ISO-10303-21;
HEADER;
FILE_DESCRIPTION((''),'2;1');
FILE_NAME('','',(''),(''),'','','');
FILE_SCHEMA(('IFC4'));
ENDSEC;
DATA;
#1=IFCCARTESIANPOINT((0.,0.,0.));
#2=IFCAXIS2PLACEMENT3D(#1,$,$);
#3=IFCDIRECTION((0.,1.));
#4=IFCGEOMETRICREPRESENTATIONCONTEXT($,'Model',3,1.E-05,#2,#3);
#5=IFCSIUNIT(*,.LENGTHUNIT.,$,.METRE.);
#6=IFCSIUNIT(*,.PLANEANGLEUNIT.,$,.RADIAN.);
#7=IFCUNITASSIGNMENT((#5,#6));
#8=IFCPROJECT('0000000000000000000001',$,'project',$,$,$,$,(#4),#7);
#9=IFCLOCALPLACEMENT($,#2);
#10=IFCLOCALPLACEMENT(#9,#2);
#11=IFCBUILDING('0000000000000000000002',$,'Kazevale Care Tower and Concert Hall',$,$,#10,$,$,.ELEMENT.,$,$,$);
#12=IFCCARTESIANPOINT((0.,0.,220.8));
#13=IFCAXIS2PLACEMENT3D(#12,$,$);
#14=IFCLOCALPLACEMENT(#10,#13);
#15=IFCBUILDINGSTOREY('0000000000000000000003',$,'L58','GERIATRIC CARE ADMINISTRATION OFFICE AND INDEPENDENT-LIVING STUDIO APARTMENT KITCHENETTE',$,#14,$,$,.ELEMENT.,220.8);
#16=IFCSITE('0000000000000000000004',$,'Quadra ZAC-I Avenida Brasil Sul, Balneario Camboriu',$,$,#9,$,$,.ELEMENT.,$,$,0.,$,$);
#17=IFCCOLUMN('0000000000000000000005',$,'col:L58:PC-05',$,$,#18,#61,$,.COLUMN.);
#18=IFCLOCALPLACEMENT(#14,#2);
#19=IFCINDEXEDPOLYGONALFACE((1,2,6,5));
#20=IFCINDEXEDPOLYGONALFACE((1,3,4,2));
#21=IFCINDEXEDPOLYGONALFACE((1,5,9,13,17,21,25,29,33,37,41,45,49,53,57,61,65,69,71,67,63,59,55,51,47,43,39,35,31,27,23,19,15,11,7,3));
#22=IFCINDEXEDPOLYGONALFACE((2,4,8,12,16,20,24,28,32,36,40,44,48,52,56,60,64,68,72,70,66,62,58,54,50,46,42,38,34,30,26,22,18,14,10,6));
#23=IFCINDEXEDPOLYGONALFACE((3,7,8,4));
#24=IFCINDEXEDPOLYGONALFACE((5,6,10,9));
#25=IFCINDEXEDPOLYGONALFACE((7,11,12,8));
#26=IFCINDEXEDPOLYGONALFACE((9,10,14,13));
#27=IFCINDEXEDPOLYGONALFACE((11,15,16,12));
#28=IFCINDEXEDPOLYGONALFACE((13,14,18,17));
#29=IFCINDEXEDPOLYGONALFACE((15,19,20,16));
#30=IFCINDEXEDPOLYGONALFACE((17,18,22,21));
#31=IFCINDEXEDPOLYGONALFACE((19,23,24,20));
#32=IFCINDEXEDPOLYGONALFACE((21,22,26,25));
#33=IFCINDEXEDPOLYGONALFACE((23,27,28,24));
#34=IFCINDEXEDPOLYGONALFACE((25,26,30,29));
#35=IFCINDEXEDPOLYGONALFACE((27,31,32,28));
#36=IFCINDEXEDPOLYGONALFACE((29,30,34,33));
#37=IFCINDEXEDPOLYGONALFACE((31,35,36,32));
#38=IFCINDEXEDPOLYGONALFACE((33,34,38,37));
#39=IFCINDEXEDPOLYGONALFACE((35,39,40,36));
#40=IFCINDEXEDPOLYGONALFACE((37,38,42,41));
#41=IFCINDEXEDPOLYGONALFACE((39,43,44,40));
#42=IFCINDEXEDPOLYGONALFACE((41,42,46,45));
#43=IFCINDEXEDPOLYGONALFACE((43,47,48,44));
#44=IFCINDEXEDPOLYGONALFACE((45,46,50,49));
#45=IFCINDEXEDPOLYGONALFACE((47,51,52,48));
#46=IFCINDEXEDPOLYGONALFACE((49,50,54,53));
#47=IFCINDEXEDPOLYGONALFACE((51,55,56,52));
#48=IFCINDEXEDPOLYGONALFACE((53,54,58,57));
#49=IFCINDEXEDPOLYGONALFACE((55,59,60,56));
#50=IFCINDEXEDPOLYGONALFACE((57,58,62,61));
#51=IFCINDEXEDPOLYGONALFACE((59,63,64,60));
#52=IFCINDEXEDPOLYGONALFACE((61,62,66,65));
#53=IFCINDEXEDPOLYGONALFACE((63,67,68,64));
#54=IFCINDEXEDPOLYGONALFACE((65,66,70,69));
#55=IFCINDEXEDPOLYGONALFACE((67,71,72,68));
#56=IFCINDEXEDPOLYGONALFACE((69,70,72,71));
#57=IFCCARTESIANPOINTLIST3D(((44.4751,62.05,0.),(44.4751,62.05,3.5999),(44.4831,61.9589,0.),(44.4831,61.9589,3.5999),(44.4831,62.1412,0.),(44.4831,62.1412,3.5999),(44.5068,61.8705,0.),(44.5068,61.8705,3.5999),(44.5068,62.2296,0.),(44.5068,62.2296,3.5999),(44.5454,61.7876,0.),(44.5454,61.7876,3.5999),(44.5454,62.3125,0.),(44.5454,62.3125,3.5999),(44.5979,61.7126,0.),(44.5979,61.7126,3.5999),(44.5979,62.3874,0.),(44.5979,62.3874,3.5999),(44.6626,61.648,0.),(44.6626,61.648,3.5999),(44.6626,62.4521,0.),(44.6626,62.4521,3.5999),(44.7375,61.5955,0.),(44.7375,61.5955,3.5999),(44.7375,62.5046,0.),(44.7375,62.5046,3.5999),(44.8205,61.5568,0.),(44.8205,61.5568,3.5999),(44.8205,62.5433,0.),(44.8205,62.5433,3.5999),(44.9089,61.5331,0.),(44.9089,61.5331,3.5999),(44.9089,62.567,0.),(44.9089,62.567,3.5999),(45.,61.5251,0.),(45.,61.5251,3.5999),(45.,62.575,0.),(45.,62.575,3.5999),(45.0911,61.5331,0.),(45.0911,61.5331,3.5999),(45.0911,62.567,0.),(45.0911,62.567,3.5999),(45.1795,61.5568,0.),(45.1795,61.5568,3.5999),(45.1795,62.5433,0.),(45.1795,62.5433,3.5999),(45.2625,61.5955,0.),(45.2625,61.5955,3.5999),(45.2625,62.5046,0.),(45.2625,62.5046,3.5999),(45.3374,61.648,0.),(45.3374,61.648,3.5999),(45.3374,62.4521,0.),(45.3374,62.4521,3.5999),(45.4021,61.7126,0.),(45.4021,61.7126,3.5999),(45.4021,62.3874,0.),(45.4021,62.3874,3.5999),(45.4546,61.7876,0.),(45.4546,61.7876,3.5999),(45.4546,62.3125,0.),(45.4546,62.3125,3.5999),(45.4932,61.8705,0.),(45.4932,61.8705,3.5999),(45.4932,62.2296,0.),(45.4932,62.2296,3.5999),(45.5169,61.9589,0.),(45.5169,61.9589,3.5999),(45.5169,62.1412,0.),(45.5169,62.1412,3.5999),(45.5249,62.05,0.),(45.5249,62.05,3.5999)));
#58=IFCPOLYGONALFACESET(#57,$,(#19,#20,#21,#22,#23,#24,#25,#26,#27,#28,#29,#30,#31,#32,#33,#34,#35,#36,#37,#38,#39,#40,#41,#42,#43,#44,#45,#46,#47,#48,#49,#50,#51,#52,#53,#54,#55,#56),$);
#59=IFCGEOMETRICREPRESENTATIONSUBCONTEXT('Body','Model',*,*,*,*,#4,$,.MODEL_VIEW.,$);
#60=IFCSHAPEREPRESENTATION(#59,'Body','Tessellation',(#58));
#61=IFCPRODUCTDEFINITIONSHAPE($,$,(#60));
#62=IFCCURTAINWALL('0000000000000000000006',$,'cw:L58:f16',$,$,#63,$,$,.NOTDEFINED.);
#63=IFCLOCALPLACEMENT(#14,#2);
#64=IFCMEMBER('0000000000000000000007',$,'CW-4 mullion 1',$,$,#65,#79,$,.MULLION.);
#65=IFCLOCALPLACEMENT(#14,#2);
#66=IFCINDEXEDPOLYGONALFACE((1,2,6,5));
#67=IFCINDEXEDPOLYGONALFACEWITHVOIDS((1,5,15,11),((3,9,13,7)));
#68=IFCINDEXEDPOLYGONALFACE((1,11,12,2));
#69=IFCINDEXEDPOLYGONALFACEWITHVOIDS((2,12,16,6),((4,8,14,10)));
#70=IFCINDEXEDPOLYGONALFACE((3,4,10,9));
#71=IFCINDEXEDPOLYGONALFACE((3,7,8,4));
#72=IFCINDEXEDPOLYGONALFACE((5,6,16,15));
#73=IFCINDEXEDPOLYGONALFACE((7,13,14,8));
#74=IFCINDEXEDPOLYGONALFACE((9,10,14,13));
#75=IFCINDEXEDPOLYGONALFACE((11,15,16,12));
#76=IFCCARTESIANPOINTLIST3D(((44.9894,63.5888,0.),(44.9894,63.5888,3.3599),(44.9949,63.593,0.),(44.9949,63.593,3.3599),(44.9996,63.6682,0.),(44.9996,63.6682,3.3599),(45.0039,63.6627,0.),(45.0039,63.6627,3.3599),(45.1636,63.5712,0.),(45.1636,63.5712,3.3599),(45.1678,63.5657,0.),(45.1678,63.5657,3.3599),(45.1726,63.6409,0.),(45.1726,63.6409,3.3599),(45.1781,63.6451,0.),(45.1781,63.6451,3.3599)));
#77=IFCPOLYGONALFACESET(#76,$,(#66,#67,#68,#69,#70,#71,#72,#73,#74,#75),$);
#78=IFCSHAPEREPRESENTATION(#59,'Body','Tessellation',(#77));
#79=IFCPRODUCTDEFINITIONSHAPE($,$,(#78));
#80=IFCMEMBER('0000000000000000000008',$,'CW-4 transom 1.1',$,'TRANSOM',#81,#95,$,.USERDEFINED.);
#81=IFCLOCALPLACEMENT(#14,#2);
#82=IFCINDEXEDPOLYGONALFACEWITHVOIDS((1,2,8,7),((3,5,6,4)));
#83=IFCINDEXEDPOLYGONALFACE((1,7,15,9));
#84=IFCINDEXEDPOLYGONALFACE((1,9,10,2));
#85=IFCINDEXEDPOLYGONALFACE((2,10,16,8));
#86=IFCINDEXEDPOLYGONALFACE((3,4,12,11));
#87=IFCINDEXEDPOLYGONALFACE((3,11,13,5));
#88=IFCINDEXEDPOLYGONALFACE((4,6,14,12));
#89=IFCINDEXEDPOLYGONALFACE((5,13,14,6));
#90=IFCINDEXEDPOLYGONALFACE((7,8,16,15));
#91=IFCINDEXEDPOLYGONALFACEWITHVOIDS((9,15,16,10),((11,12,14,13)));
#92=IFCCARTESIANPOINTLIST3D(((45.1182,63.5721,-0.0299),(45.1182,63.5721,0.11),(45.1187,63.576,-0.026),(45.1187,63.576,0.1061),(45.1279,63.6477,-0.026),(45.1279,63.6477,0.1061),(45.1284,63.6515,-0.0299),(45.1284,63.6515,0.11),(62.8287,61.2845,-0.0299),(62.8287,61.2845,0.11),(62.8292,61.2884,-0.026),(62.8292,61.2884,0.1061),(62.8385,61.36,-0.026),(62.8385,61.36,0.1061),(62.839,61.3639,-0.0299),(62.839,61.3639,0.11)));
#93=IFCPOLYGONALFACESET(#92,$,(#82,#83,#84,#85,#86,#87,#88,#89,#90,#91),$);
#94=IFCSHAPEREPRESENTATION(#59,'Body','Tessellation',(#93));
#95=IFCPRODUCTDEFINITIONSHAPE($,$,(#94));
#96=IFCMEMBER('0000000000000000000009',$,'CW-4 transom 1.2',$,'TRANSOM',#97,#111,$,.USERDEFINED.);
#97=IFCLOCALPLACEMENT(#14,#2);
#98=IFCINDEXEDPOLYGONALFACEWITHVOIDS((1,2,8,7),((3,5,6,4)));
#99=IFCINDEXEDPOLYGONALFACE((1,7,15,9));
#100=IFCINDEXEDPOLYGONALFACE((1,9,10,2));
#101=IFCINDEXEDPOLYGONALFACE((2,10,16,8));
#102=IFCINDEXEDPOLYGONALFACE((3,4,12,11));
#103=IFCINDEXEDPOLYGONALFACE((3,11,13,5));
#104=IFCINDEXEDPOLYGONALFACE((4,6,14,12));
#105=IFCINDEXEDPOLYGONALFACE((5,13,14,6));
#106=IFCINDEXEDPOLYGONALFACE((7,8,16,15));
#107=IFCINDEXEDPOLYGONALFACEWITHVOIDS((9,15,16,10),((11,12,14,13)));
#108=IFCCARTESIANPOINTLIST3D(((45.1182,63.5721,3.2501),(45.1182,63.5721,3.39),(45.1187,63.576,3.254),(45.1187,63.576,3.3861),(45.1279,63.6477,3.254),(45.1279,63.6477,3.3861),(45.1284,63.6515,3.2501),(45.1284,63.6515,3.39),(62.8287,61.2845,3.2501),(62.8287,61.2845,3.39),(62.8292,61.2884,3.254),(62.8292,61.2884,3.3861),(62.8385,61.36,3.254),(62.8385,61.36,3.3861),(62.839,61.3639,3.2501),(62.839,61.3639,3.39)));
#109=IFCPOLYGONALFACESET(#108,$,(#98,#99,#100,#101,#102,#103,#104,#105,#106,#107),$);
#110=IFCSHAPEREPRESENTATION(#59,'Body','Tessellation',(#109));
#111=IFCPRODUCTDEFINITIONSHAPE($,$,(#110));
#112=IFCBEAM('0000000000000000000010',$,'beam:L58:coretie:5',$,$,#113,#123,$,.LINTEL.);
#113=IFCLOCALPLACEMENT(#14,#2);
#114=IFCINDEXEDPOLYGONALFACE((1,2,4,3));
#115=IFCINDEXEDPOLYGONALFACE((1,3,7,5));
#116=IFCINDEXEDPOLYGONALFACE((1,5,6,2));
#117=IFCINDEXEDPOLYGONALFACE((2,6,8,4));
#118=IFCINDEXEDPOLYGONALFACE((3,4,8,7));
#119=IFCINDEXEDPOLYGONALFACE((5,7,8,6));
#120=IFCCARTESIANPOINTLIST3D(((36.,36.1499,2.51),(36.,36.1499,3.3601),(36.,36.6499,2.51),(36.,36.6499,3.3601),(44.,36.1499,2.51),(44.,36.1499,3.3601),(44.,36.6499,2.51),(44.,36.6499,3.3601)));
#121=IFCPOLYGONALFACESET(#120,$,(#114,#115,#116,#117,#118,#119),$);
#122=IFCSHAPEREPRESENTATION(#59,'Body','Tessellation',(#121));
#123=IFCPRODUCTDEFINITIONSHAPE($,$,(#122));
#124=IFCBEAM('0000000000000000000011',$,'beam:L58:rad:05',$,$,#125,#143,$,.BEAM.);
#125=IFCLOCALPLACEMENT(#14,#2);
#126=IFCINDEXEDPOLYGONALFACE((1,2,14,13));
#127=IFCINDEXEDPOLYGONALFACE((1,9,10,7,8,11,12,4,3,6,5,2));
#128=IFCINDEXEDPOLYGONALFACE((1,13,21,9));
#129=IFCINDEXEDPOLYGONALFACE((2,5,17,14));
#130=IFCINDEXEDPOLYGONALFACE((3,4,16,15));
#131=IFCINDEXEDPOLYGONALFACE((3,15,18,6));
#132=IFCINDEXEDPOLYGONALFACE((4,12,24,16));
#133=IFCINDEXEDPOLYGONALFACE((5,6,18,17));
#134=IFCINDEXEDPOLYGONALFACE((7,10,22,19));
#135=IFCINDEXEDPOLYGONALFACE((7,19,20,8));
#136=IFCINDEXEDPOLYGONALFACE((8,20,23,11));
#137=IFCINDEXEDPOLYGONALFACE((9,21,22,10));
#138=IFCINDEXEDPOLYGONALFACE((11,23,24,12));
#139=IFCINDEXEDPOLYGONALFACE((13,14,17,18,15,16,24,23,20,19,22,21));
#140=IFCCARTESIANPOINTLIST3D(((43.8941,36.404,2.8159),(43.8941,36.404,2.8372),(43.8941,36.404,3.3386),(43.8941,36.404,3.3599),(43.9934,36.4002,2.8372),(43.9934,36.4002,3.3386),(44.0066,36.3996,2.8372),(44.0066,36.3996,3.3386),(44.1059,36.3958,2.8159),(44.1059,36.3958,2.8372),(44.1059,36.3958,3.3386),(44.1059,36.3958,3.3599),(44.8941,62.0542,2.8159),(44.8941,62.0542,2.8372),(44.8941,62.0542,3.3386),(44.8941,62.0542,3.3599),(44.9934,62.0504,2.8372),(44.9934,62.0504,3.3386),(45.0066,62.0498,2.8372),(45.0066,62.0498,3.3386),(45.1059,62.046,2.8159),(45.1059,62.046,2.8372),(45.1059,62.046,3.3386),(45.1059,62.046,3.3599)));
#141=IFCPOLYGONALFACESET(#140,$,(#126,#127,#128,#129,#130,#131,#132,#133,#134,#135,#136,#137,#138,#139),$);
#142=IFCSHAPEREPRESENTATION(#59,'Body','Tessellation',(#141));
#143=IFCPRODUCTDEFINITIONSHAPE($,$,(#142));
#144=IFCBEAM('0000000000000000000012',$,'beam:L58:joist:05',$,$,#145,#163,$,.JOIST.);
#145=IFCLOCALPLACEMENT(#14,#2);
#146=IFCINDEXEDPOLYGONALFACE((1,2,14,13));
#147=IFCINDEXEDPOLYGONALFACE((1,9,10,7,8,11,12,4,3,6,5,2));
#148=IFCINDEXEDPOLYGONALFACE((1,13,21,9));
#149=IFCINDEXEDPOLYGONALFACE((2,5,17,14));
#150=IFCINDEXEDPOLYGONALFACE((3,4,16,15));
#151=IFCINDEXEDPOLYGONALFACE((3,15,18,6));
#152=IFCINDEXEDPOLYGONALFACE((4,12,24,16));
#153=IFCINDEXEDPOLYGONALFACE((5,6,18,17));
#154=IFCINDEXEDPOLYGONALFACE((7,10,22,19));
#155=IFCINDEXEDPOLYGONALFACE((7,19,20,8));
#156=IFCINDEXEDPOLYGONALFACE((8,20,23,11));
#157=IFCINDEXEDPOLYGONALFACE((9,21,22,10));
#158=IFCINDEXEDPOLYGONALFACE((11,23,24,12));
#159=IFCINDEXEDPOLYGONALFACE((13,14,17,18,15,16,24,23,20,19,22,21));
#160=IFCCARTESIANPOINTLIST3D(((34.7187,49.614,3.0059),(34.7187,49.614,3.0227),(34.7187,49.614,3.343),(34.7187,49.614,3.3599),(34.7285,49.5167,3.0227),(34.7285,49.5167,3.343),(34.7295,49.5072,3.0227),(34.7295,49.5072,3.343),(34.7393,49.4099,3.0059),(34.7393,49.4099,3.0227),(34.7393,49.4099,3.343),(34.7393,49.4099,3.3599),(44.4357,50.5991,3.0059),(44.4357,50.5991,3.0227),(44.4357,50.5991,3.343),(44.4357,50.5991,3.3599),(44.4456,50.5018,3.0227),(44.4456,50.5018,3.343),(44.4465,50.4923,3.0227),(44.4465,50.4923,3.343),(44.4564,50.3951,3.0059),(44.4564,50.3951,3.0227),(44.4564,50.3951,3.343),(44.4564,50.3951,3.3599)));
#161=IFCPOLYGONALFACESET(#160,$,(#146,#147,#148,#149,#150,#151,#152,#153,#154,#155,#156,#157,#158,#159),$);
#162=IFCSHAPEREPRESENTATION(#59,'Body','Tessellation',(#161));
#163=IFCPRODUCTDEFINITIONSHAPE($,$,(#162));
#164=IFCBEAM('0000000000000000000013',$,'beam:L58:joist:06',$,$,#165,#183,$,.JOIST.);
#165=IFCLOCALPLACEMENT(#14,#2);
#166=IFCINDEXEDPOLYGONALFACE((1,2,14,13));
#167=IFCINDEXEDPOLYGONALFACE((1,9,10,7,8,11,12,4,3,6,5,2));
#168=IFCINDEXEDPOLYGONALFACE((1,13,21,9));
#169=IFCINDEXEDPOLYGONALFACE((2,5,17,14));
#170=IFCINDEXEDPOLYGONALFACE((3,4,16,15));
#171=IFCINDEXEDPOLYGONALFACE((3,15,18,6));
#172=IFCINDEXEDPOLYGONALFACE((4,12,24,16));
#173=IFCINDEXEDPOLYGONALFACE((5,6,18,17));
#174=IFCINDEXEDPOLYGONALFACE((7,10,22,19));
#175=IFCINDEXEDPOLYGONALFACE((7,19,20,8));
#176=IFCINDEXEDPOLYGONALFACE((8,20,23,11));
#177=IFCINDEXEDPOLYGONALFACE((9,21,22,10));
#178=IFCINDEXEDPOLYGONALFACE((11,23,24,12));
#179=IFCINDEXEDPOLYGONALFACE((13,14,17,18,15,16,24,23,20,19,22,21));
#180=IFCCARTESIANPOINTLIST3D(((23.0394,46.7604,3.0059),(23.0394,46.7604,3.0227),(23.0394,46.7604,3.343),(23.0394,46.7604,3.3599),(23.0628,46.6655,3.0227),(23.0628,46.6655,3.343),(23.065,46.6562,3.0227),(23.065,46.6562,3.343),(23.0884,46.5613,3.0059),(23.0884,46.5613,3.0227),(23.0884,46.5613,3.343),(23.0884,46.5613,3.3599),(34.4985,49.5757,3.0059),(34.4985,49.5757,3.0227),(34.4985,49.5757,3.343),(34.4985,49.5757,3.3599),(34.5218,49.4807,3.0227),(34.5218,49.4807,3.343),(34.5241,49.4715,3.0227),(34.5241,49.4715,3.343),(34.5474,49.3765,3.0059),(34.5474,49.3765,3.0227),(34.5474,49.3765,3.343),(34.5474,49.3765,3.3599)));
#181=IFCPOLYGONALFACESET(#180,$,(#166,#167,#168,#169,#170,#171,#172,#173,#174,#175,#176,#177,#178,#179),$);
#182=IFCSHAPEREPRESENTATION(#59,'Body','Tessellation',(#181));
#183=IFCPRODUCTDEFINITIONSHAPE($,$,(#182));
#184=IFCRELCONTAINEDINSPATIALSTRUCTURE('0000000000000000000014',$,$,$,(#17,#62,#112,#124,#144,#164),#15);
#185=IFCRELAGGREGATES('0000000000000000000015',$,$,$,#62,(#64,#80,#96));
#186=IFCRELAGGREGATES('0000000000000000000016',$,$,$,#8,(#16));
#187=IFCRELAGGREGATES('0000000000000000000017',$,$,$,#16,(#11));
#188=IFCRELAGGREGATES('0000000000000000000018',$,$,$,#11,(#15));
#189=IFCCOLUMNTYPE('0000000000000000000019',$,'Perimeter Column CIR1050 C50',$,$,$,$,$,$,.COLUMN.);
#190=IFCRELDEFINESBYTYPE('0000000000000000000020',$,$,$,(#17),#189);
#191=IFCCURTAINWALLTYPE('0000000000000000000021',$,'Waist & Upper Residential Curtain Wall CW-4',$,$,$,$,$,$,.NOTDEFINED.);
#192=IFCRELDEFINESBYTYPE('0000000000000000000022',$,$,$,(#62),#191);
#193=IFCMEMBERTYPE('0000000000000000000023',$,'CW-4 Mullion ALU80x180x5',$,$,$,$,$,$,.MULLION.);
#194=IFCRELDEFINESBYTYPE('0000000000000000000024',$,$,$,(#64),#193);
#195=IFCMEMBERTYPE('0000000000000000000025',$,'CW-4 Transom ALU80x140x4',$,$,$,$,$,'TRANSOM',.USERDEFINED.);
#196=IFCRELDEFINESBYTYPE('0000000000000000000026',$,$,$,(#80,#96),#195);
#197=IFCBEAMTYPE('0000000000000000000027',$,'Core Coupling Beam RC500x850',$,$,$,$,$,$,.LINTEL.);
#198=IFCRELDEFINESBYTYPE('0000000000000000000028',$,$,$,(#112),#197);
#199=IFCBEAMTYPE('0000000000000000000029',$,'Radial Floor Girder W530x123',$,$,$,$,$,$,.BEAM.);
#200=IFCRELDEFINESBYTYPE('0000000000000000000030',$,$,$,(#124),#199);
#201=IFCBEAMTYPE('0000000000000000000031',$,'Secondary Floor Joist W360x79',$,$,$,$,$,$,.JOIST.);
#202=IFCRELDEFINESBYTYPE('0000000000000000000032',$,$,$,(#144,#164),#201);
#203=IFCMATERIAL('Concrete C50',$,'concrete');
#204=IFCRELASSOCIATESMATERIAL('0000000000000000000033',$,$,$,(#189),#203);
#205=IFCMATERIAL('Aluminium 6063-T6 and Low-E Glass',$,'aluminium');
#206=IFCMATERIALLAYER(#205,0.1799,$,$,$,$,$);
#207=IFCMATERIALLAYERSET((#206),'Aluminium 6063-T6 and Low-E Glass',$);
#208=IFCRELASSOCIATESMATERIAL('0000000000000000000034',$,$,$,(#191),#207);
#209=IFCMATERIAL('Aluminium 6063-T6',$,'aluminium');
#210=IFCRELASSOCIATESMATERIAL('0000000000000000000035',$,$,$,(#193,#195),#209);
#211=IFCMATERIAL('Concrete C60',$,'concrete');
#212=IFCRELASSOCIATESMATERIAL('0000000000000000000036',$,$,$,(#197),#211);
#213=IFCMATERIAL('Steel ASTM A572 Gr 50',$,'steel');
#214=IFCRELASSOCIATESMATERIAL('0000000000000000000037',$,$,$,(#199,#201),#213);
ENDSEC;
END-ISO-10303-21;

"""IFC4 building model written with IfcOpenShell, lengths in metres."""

from ifc_helpers import new_model, si_unit, direction, frame, origin, origin_2d, place, context, subcontext, project, spatial, rectangle, hollow_rectangle, circle, i_section, extrude, material, layer, layer_set, material_profile, profile_set, type_object, element, aggregate, save


model = new_model("IFC4")

# Units and contexts
model_context = context("Model", 3, precision=1e-05, world=origin(), true_north=direction((0.0, 1.0)))
body_context = subcontext(model_context, "Body", "Model", "MODEL_VIEW")
ifc_project = project(units=[si_unit("LENGTHUNIT", "METRE"), si_unit("PLANEANGLEUNIT", "RADIAN")], contexts=[model_context])

# Site, building, storey
site_placement = place(None, origin())
site = spatial("IfcSite", under=ifc_project, at=site_placement, Name="Quadra ZAC-I Avenida Brasil Sul, Balneario Camboriu", CompositionType="ELEMENT", RefElevation=0.0)
building_placement = place(site_placement, origin())
building = spatial("IfcBuilding", under=site, at=building_placement, Name="Kazevale Care Tower and Concert Hall", CompositionType="ELEMENT")
storey_placement = place(building_placement, frame((0.0, 0.0, 220.8)))
storey = spatial("IfcBuildingStorey", under=building, at=storey_placement, Name="L58", Description="GERIATRIC CARE ADMINISTRATION OFFICE AND INDEPENDENT-LIVING STUDIO APARTMENT KITCHENETTE", CompositionType="ELEMENT", Elevation=220.8)

# Column
ifc_material_1 = material(Name="Concrete C50", Category="concrete")
ifc_material_profile_1 = material_profile(ifc_material_1, circle(Radius=0.5249, at=origin_2d()), Name="RC-CIR1050")
ifc_profile_set_1 = profile_set([ifc_material_profile_1], Name="Concrete C50")
column_type = type_object("IfcColumnType", Name="Perimeter Column CIR1050 C50", PredefinedType="COLUMN", material=ifc_profile_set_1)
column_placement = place(storey_placement, frame((45.0, 62.05, 0.0), z_axis=(0.0, 0.0, 1.0), x_axis=(1.0, 0.0, 0.0)))
element("IfcColumn", 1, at=column_placement, inside=storey, type_object=column_type, Name="col:L58:PC-05", PredefinedType="COLUMN", context=body_context, shape_type="SweptSolid", body=[
    extrude(circle(Radius=0.5249, at=origin_2d()), origin(), (0.0, 0.0, 1.0), 3.5999),
])

# Curtain wall, members
ifc_material_2 = material(Name="Aluminium 6063-T6 and Low-E Glass", Category="aluminium")
ifc_layer_1 = layer(ifc_material_2, 0.1799)
ifc_layer_set_1 = layer_set([ifc_layer_1], Name="Aluminium 6063-T6 and Low-E Glass")
curtain_wall_type = type_object("IfcCurtainWallType", Name="Waist & Upper Residential Curtain Wall CW-4", PredefinedType="NOTDEFINED", material=ifc_layer_set_1)
curtain_wall_placement = place(storey_placement, origin())
curtain_wall = element("IfcCurtainWall", 2, at=curtain_wall_placement, inside=storey, type_object=curtain_wall_type, Name="cw:L58:f16", PredefinedType="NOTDEFINED")
ifc_material_3 = material(Name="Aluminium 6063-T6", Category="aluminium")
ifc_material_profile_2 = material_profile(ifc_material_3, hollow_rectangle(XDim=0.0801, YDim=0.1799, WallThickness=0.0049, at=origin_2d()), Name="ALU80x180x5")
ifc_profile_set_2 = profile_set([ifc_material_profile_2], Name="Aluminium 6063-T6")
member_type_1 = type_object("IfcMemberType", Name="CW-4 Mullion ALU80x180x5", PredefinedType="MULLION", material=ifc_profile_set_2)
member_1_placement = place(storey_placement, frame((45.0837, 63.6169, 0.0), z_axis=(0.0, 0.0, 1.0), x_axis=(0.128098, 0.991761, 0.0)))
member_1 = element("IfcMember", 3, at=member_1_placement, type_object=member_type_1, Name="CW-4 mullion 1", PredefinedType="MULLION", context=body_context, shape_type="SweptSolid", body=[
    extrude(hollow_rectangle(XDim=0.0801, YDim=0.1799, WallThickness=0.0049, at=origin_2d()), origin(), (0.0, 0.0, 1.0), 3.3599),
])
ifc_material_profile_3 = material_profile(ifc_material_3, hollow_rectangle(XDim=0.0801, YDim=0.1399, WallThickness=0.0039, at=origin_2d()), Name="ALU80x140x4")
ifc_profile_set_3 = profile_set([ifc_material_profile_3], Name="Aluminium 6063-T6")
member_type_2 = type_object("IfcMemberType", Name="CW-4 Transom ALU80x140x4", ElementType="TRANSOM", PredefinedType="USERDEFINED", material=ifc_profile_set_3)
member_2_placement = place(storey_placement, frame((45.1233, 63.6118, 0.04), z_axis=(0.991761, -0.128102, 0.0), x_axis=(0.128102, 0.991761, 0.0)))
member_2 = element("IfcMember", 4, at=member_2_placement, type_object=member_type_2, Name="CW-4 transom 1.1", ObjectType="TRANSOM", PredefinedType="USERDEFINED", context=body_context, shape_type="SweptSolid", body=[
    extrude(hollow_rectangle(XDim=0.0801, YDim=0.1399, WallThickness=0.0039, at=origin_2d()), origin(), (0.0, 0.0, 1.0), 17.8577),
])
member_3_placement = place(storey_placement, frame((45.1233, 63.6118, 3.3201), z_axis=(0.991761, -0.128102, 0.0), x_axis=(0.128102, 0.991761, 0.0)))
member_3 = element("IfcMember", 5, at=member_3_placement, type_object=member_type_2, Name="CW-4 transom 1.2", ObjectType="TRANSOM", PredefinedType="USERDEFINED", context=body_context, shape_type="SweptSolid", body=[
    extrude(hollow_rectangle(XDim=0.0801, YDim=0.1399, WallThickness=0.0039, at=origin_2d()), origin(), (0.0, 0.0, 1.0), 17.8577),
])
aggregate(curtain_wall, [member_1, member_2, member_3])

# Beams
ifc_material_4 = material(Name="Concrete C60", Category="concrete")
ifc_material_profile_4 = material_profile(ifc_material_4, rectangle(XDim=0.5, YDim=0.8501, at=origin_2d()), Name="RC-B500x850")
ifc_profile_set_4 = profile_set([ifc_material_profile_4], Name="Concrete C60")
beam_type_1 = type_object("IfcBeamType", Name="Core Coupling Beam RC500x850", PredefinedType="LINTEL", material=ifc_profile_set_4)
beam_1_placement = place(storey_placement, frame((44.0, 36.3999, 2.9351), z_axis=(-1.0, 0.0, 0.0), x_axis=(0.0, -1.0, 0.0)))
element("IfcBeam", 6, at=beam_1_placement, inside=storey, type_object=beam_type_1, Name="beam:L58:coretie:5", PredefinedType="LINTEL", context=body_context, shape_type="SweptSolid", body=[
    extrude(rectangle(XDim=0.5, YDim=0.8501, at=origin_2d()), origin(), (0.0, 0.0, 1.0), 8.0),
])
ifc_material_5 = material(Name="Steel ASTM A572 Gr 50", Category="steel")
ifc_material_profile_5 = material_profile(ifc_material_5, i_section(OverallWidth=0.2119, OverallDepth=0.5439, WebThickness=0.0132, FlangeThickness=0.0212, at=origin_2d()), Name="W530x123")
ifc_profile_set_5 = profile_set([ifc_material_profile_5], Name="Steel ASTM A572 Gr 50")
beam_type_2 = type_object("IfcBeamType", Name="Radial Floor Girder W530x123", PredefinedType="BEAM", material=ifc_profile_set_5)
beam_2_placement = place(storey_placement, frame((44.0, 36.3999, 3.0879), z_axis=(0.038957, 0.999241, 0.0), x_axis=(-0.999241, 0.038957, 0.0)))
element("IfcBeam", 7, at=beam_2_placement, inside=storey, type_object=beam_type_2, Name="beam:L58:rad:05", PredefinedType="BEAM", context=body_context, shape_type="SweptSolid", body=[
    extrude(i_section(OverallWidth=0.2119, OverallDepth=0.5439, WebThickness=0.0132, FlangeThickness=0.0212, at=origin_2d()), origin(), (0.0, 0.0, 1.0), 25.6697),
])
ifc_material_profile_6 = material_profile(ifc_material_5, i_section(OverallWidth=0.2051, OverallDepth=0.354, WebThickness=0.0095, FlangeThickness=0.0168, at=origin_2d()), Name="W360x79")
ifc_profile_set_6 = profile_set([ifc_material_profile_6], Name="Steel ASTM A572 Gr 50")
beam_type_3 = type_object("IfcBeamType", Name="Secondary Floor Joist W360x79", PredefinedType="JOIST", material=ifc_profile_set_6)
beam_3_placement = place(storey_placement, frame((44.446, 50.4971, 3.1829), z_axis=(-0.9949, -0.100862, 0.0), x_axis=(0.100862, -0.9949, 0.0)))
element("IfcBeam", 8, at=beam_3_placement, inside=storey, type_object=beam_type_3, Name="beam:L58:joist:05", PredefinedType="JOIST", context=body_context, shape_type="SweptSolid", body=[
    extrude(i_section(OverallWidth=0.2051, OverallDepth=0.354, WebThickness=0.0095, FlangeThickness=0.0168, at=origin_2d()), origin(), (0.0, 0.0, 1.0), 9.7668),
])
beam_4_placement = place(storey_placement, frame((34.5229, 49.4761, 3.1829), z_axis=(-0.971123, -0.238581, 0.0), x_axis=(0.238581, -0.971123, 0.0)))
element("IfcBeam", 9, at=beam_4_placement, inside=storey, type_object=beam_type_3, Name="beam:L58:joist:06", PredefinedType="JOIST", context=body_context, shape_type="SweptSolid", body=[
    extrude(i_section(OverallWidth=0.2051, OverallDepth=0.354, WebThickness=0.0095, FlangeThickness=0.0168, at=origin_2d()), origin(), (0.0, 0.0, 1.0), 11.7998),
])

save(model, "model.ifc")
